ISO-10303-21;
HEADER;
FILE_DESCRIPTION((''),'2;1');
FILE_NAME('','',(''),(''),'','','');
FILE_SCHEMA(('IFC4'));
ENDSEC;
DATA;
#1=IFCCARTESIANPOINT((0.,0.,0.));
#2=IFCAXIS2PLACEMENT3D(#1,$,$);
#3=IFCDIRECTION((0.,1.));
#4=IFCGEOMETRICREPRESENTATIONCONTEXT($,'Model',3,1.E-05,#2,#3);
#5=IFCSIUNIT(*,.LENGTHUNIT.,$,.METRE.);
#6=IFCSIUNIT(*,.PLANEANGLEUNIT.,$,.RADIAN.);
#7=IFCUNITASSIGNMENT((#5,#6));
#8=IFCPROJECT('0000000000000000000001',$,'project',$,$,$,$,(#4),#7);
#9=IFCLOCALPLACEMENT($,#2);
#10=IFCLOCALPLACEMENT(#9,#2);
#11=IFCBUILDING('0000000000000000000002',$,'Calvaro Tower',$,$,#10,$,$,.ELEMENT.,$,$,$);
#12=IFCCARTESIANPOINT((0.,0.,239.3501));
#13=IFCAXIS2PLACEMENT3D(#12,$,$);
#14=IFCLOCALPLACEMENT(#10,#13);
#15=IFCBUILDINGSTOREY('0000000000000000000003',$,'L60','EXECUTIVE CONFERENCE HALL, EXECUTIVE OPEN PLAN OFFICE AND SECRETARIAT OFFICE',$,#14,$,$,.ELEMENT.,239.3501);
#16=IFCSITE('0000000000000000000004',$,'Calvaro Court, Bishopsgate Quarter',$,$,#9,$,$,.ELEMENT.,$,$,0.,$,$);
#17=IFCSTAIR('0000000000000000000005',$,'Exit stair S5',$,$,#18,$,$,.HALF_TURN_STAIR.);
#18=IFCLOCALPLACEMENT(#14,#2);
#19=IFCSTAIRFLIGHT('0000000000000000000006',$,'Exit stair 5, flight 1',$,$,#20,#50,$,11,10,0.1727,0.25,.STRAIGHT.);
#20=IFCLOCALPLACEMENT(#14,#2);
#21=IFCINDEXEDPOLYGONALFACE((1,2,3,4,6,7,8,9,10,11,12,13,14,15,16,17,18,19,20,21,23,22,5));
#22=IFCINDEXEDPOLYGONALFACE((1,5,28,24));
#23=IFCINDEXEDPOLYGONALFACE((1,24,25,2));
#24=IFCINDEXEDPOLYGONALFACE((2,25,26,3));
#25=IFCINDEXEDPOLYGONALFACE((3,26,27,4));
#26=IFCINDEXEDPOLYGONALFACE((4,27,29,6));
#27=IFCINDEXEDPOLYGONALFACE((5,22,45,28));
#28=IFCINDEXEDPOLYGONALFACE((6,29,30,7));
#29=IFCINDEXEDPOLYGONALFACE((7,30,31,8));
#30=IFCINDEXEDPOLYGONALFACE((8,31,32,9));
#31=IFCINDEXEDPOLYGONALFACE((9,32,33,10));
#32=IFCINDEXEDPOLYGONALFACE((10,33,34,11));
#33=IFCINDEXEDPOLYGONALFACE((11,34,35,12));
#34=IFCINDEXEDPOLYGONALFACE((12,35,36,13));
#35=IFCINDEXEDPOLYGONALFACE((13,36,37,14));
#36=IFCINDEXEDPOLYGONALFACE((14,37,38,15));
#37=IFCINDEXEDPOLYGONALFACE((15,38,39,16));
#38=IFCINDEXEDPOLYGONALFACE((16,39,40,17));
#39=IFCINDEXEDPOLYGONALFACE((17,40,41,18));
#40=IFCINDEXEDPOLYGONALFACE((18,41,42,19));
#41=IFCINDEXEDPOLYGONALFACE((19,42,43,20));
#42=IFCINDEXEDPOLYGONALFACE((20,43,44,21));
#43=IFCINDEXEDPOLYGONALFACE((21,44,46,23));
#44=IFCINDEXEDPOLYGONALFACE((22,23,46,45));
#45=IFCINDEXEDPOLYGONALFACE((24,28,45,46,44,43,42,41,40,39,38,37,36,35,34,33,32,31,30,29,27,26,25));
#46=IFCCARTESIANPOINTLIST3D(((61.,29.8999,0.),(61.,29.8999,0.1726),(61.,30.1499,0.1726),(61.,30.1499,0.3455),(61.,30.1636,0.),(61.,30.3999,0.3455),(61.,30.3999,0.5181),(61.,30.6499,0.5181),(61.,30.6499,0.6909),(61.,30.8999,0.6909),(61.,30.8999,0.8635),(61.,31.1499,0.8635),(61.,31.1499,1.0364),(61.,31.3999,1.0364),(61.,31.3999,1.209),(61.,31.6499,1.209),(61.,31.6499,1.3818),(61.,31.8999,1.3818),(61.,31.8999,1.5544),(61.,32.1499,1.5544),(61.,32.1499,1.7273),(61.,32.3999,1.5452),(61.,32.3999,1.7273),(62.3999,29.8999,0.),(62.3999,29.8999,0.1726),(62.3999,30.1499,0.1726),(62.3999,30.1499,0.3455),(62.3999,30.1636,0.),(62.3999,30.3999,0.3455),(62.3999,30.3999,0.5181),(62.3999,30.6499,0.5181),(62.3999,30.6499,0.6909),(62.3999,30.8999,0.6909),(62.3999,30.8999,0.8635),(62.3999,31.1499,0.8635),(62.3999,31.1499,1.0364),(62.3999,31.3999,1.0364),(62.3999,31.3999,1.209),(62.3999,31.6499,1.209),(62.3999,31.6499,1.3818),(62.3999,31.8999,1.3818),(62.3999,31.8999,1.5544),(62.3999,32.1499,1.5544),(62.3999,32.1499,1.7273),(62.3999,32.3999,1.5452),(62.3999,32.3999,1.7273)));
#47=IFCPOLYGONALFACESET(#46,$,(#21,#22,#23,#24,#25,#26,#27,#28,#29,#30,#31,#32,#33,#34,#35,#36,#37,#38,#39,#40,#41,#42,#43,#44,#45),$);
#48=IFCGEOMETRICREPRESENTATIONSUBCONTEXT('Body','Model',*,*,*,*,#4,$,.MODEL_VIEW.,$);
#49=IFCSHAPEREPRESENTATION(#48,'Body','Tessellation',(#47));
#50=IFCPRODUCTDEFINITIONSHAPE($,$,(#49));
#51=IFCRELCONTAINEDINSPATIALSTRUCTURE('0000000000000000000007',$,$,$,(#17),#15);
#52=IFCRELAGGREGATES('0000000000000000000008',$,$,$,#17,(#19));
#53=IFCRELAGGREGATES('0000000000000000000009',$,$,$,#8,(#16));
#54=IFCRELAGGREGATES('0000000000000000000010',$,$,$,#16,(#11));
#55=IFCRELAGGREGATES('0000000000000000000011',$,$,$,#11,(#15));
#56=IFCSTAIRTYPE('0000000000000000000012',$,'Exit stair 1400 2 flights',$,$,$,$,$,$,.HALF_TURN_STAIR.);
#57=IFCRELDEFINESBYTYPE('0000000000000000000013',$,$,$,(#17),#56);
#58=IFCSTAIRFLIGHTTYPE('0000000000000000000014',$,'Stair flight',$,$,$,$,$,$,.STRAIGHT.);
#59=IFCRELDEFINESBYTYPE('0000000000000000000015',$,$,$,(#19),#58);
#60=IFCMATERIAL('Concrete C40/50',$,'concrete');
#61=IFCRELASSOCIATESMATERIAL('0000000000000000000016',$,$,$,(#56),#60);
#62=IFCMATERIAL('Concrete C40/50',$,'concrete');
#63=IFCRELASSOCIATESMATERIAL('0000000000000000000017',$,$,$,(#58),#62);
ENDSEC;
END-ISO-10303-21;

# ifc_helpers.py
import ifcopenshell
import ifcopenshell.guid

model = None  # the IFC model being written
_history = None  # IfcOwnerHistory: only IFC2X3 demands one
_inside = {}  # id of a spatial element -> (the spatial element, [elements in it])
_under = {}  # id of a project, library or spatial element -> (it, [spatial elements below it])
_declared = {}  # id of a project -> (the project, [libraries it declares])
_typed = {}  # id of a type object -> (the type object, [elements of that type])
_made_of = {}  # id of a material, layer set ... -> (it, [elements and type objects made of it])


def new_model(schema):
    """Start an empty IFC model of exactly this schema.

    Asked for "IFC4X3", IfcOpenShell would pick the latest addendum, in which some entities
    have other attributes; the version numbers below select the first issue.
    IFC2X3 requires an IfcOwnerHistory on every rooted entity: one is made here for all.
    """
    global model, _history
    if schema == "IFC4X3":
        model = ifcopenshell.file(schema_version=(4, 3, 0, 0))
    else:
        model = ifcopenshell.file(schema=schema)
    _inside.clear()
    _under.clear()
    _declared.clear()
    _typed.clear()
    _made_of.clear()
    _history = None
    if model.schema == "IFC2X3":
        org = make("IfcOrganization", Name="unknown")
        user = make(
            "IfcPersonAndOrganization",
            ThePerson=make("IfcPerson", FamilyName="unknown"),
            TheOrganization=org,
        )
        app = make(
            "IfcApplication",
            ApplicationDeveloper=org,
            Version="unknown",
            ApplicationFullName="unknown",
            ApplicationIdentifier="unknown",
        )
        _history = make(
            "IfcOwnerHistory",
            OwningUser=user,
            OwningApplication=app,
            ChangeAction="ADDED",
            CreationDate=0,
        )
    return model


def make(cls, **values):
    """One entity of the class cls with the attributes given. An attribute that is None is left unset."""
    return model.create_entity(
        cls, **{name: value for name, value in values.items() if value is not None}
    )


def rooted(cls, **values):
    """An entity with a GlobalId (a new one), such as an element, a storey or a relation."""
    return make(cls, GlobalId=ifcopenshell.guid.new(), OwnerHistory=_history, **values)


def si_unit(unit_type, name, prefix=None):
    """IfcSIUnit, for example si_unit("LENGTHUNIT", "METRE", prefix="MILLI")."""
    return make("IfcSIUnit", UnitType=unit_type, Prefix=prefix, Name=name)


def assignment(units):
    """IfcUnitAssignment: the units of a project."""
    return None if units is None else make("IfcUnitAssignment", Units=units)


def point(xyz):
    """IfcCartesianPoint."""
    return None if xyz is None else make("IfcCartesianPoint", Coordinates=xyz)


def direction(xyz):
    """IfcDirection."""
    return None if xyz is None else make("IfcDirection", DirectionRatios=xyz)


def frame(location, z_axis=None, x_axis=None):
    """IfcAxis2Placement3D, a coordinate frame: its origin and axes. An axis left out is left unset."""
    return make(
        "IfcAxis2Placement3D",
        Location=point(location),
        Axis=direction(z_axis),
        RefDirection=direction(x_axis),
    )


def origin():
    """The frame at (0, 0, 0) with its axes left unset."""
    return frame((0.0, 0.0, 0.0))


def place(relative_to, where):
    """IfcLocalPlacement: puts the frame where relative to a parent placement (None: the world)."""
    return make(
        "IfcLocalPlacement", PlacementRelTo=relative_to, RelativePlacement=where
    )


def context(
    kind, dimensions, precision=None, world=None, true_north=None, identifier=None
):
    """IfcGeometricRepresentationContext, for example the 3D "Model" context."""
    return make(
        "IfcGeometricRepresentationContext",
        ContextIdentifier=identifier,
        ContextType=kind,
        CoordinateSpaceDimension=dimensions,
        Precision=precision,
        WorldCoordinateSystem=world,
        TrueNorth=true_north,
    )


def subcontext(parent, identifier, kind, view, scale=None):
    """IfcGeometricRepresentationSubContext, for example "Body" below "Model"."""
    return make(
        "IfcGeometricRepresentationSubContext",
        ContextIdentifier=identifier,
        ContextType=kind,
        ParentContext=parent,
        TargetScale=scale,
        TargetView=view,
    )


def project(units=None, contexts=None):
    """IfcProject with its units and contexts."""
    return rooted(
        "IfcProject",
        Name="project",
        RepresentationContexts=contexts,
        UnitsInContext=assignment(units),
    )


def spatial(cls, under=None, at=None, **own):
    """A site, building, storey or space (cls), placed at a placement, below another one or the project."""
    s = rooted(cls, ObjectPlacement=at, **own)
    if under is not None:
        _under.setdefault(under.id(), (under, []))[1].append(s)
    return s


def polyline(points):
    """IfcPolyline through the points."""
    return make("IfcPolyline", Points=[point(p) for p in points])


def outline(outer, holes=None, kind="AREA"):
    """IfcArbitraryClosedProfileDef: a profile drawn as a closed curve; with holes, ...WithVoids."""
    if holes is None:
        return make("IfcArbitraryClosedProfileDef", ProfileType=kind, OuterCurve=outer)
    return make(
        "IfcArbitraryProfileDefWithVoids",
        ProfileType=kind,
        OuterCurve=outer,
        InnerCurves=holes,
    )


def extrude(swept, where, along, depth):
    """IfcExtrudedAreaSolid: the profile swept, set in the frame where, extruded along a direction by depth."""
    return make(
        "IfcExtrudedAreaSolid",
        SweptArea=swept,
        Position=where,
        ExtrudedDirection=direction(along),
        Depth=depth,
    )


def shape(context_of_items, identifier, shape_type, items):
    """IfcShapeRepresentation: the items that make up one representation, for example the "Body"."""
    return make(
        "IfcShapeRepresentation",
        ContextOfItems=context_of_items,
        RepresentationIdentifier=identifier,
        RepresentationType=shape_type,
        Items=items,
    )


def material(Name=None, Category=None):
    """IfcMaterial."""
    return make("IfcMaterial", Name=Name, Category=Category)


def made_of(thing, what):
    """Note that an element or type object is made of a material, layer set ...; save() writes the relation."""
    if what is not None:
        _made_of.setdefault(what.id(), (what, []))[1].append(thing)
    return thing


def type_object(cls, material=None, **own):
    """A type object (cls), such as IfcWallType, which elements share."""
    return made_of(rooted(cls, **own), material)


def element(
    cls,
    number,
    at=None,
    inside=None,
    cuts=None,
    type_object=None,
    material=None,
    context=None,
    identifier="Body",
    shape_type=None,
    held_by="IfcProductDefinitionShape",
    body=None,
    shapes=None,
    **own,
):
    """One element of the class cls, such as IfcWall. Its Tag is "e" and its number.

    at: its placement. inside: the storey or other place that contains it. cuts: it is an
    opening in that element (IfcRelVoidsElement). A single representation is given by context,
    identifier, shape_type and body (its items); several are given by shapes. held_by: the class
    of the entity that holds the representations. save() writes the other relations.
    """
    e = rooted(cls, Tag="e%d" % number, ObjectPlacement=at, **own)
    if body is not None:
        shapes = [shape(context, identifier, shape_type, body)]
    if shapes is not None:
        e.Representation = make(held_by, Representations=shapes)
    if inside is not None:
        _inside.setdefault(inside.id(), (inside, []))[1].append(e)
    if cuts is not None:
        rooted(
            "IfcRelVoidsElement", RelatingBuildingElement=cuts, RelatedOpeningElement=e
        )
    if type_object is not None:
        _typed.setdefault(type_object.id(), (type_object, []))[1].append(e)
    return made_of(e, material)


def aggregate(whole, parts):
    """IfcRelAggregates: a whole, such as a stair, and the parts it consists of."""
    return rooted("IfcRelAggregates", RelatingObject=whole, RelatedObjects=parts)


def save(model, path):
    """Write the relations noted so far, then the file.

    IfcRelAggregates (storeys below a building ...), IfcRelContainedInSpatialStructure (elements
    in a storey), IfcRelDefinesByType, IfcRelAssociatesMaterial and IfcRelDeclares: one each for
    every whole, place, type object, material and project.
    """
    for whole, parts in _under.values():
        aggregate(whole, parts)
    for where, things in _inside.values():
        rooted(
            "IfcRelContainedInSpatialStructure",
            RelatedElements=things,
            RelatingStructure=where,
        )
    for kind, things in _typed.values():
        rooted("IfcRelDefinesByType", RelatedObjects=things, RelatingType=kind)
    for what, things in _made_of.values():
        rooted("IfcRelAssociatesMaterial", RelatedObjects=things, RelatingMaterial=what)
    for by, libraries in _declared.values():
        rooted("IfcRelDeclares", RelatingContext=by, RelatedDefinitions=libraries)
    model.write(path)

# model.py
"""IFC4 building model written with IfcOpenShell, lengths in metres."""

from ifc_helpers import new_model, si_unit, direction, frame, origin, place, context, subcontext, project, spatial, polyline, outline, extrude, material, type_object, element, aggregate, save


model = new_model("IFC4")

# Units and contexts
model_context = context("Model", 3, precision=1e-05, world=origin(), true_north=direction((0.0, 1.0)))
body_context = subcontext(model_context, "Body", "Model", "MODEL_VIEW")
ifc_project = project(units=[si_unit("LENGTHUNIT", "METRE"), si_unit("PLANEANGLEUNIT", "RADIAN")], contexts=[model_context])

# Site, building, storey
site_placement = place(None, origin())
site = spatial("IfcSite", under=ifc_project, at=site_placement, Name="Calvaro Court, Bishopsgate Quarter", CompositionType="ELEMENT", RefElevation=0.0)
building_placement = place(site_placement, origin())
building = spatial("IfcBuilding", under=site, at=building_placement, Name="Calvaro Tower", CompositionType="ELEMENT")
storey_placement = place(building_placement, frame((0.0, 0.0, 239.3501)))
storey = spatial("IfcBuildingStorey", under=building, at=storey_placement, Name="L60", Description="EXECUTIVE CONFERENCE HALL, EXECUTIVE OPEN PLAN OFFICE AND SECRETARIAT OFFICE", CompositionType="ELEMENT", Elevation=239.3501)

# Shared definitions
ifc_material_1 = material(Name="Concrete C40/50", Category="concrete")
stair_type = type_object("IfcStairType", Name="Exit stair 1400 2 flights", PredefinedType="HALF_TURN_STAIR", material=ifc_material_1)
ifc_material_2 = material(Name="Concrete C40/50", Category="concrete")
stair_flight_type = type_object("IfcStairFlightType", Name="Stair flight", PredefinedType="STRAIGHT", material=ifc_material_2)

# Stair, stair flight
stair_1_placement = place(storey_placement, origin())
stair_1 = element("IfcStair", 1, at=stair_1_placement, inside=storey, type_object=stair_type, Name="Exit stair S5", PredefinedType="HALF_TURN_STAIR")
stair_flight_1_placement = place(storey_placement, frame((61.7, 29.8999, 0.0), z_axis=(0.0, 0.0, 1.0), x_axis=(0.0, 1.0, 0.0)))
stair_flight_1 = element("IfcStairFlight", 2, at=stair_flight_1_placement, type_object=stair_flight_type, Name="Exit stair 5, flight 1", NumberOfRisers=11, NumberOfTreads=10, PredefinedType="STRAIGHT", RiserHeight=0.1727, TreadLength=0.25, context=body_context, shape_type="SweptSolid", body=[
    extrude(outline(polyline([(0.0, 0.0), (0.0, 0.1726), (0.25, 0.1726), (0.25, 0.3455), (0.5, 0.3455), (0.5, 0.5181), (0.75, 0.5181), (0.75, 0.6909), (1.0, 0.6909), (1.0, 0.8635), (1.25, 0.8635), (1.25, 1.0364), (1.5, 1.0364), (1.5, 1.209), (1.75, 1.209), (1.75, 1.3818), (2.0, 1.3818), (2.0, 1.5544), (2.25, 1.5544), (2.25, 1.7273), (2.5, 1.7273), (2.5, 1.8999), (2.5, 1.5452), (0.2637, 0.0), (0.0, 0.0)])), frame((0.0, 0.7, 0.0), z_axis=(0.0, -1.0, 0.0), x_axis=(1.0, 0.0, 0.0)), (0.0, 0.0, 1.0), 1.3999),
])

aggregate(stair_1, [stair_flight_1])

save(model, "model.ifc")
